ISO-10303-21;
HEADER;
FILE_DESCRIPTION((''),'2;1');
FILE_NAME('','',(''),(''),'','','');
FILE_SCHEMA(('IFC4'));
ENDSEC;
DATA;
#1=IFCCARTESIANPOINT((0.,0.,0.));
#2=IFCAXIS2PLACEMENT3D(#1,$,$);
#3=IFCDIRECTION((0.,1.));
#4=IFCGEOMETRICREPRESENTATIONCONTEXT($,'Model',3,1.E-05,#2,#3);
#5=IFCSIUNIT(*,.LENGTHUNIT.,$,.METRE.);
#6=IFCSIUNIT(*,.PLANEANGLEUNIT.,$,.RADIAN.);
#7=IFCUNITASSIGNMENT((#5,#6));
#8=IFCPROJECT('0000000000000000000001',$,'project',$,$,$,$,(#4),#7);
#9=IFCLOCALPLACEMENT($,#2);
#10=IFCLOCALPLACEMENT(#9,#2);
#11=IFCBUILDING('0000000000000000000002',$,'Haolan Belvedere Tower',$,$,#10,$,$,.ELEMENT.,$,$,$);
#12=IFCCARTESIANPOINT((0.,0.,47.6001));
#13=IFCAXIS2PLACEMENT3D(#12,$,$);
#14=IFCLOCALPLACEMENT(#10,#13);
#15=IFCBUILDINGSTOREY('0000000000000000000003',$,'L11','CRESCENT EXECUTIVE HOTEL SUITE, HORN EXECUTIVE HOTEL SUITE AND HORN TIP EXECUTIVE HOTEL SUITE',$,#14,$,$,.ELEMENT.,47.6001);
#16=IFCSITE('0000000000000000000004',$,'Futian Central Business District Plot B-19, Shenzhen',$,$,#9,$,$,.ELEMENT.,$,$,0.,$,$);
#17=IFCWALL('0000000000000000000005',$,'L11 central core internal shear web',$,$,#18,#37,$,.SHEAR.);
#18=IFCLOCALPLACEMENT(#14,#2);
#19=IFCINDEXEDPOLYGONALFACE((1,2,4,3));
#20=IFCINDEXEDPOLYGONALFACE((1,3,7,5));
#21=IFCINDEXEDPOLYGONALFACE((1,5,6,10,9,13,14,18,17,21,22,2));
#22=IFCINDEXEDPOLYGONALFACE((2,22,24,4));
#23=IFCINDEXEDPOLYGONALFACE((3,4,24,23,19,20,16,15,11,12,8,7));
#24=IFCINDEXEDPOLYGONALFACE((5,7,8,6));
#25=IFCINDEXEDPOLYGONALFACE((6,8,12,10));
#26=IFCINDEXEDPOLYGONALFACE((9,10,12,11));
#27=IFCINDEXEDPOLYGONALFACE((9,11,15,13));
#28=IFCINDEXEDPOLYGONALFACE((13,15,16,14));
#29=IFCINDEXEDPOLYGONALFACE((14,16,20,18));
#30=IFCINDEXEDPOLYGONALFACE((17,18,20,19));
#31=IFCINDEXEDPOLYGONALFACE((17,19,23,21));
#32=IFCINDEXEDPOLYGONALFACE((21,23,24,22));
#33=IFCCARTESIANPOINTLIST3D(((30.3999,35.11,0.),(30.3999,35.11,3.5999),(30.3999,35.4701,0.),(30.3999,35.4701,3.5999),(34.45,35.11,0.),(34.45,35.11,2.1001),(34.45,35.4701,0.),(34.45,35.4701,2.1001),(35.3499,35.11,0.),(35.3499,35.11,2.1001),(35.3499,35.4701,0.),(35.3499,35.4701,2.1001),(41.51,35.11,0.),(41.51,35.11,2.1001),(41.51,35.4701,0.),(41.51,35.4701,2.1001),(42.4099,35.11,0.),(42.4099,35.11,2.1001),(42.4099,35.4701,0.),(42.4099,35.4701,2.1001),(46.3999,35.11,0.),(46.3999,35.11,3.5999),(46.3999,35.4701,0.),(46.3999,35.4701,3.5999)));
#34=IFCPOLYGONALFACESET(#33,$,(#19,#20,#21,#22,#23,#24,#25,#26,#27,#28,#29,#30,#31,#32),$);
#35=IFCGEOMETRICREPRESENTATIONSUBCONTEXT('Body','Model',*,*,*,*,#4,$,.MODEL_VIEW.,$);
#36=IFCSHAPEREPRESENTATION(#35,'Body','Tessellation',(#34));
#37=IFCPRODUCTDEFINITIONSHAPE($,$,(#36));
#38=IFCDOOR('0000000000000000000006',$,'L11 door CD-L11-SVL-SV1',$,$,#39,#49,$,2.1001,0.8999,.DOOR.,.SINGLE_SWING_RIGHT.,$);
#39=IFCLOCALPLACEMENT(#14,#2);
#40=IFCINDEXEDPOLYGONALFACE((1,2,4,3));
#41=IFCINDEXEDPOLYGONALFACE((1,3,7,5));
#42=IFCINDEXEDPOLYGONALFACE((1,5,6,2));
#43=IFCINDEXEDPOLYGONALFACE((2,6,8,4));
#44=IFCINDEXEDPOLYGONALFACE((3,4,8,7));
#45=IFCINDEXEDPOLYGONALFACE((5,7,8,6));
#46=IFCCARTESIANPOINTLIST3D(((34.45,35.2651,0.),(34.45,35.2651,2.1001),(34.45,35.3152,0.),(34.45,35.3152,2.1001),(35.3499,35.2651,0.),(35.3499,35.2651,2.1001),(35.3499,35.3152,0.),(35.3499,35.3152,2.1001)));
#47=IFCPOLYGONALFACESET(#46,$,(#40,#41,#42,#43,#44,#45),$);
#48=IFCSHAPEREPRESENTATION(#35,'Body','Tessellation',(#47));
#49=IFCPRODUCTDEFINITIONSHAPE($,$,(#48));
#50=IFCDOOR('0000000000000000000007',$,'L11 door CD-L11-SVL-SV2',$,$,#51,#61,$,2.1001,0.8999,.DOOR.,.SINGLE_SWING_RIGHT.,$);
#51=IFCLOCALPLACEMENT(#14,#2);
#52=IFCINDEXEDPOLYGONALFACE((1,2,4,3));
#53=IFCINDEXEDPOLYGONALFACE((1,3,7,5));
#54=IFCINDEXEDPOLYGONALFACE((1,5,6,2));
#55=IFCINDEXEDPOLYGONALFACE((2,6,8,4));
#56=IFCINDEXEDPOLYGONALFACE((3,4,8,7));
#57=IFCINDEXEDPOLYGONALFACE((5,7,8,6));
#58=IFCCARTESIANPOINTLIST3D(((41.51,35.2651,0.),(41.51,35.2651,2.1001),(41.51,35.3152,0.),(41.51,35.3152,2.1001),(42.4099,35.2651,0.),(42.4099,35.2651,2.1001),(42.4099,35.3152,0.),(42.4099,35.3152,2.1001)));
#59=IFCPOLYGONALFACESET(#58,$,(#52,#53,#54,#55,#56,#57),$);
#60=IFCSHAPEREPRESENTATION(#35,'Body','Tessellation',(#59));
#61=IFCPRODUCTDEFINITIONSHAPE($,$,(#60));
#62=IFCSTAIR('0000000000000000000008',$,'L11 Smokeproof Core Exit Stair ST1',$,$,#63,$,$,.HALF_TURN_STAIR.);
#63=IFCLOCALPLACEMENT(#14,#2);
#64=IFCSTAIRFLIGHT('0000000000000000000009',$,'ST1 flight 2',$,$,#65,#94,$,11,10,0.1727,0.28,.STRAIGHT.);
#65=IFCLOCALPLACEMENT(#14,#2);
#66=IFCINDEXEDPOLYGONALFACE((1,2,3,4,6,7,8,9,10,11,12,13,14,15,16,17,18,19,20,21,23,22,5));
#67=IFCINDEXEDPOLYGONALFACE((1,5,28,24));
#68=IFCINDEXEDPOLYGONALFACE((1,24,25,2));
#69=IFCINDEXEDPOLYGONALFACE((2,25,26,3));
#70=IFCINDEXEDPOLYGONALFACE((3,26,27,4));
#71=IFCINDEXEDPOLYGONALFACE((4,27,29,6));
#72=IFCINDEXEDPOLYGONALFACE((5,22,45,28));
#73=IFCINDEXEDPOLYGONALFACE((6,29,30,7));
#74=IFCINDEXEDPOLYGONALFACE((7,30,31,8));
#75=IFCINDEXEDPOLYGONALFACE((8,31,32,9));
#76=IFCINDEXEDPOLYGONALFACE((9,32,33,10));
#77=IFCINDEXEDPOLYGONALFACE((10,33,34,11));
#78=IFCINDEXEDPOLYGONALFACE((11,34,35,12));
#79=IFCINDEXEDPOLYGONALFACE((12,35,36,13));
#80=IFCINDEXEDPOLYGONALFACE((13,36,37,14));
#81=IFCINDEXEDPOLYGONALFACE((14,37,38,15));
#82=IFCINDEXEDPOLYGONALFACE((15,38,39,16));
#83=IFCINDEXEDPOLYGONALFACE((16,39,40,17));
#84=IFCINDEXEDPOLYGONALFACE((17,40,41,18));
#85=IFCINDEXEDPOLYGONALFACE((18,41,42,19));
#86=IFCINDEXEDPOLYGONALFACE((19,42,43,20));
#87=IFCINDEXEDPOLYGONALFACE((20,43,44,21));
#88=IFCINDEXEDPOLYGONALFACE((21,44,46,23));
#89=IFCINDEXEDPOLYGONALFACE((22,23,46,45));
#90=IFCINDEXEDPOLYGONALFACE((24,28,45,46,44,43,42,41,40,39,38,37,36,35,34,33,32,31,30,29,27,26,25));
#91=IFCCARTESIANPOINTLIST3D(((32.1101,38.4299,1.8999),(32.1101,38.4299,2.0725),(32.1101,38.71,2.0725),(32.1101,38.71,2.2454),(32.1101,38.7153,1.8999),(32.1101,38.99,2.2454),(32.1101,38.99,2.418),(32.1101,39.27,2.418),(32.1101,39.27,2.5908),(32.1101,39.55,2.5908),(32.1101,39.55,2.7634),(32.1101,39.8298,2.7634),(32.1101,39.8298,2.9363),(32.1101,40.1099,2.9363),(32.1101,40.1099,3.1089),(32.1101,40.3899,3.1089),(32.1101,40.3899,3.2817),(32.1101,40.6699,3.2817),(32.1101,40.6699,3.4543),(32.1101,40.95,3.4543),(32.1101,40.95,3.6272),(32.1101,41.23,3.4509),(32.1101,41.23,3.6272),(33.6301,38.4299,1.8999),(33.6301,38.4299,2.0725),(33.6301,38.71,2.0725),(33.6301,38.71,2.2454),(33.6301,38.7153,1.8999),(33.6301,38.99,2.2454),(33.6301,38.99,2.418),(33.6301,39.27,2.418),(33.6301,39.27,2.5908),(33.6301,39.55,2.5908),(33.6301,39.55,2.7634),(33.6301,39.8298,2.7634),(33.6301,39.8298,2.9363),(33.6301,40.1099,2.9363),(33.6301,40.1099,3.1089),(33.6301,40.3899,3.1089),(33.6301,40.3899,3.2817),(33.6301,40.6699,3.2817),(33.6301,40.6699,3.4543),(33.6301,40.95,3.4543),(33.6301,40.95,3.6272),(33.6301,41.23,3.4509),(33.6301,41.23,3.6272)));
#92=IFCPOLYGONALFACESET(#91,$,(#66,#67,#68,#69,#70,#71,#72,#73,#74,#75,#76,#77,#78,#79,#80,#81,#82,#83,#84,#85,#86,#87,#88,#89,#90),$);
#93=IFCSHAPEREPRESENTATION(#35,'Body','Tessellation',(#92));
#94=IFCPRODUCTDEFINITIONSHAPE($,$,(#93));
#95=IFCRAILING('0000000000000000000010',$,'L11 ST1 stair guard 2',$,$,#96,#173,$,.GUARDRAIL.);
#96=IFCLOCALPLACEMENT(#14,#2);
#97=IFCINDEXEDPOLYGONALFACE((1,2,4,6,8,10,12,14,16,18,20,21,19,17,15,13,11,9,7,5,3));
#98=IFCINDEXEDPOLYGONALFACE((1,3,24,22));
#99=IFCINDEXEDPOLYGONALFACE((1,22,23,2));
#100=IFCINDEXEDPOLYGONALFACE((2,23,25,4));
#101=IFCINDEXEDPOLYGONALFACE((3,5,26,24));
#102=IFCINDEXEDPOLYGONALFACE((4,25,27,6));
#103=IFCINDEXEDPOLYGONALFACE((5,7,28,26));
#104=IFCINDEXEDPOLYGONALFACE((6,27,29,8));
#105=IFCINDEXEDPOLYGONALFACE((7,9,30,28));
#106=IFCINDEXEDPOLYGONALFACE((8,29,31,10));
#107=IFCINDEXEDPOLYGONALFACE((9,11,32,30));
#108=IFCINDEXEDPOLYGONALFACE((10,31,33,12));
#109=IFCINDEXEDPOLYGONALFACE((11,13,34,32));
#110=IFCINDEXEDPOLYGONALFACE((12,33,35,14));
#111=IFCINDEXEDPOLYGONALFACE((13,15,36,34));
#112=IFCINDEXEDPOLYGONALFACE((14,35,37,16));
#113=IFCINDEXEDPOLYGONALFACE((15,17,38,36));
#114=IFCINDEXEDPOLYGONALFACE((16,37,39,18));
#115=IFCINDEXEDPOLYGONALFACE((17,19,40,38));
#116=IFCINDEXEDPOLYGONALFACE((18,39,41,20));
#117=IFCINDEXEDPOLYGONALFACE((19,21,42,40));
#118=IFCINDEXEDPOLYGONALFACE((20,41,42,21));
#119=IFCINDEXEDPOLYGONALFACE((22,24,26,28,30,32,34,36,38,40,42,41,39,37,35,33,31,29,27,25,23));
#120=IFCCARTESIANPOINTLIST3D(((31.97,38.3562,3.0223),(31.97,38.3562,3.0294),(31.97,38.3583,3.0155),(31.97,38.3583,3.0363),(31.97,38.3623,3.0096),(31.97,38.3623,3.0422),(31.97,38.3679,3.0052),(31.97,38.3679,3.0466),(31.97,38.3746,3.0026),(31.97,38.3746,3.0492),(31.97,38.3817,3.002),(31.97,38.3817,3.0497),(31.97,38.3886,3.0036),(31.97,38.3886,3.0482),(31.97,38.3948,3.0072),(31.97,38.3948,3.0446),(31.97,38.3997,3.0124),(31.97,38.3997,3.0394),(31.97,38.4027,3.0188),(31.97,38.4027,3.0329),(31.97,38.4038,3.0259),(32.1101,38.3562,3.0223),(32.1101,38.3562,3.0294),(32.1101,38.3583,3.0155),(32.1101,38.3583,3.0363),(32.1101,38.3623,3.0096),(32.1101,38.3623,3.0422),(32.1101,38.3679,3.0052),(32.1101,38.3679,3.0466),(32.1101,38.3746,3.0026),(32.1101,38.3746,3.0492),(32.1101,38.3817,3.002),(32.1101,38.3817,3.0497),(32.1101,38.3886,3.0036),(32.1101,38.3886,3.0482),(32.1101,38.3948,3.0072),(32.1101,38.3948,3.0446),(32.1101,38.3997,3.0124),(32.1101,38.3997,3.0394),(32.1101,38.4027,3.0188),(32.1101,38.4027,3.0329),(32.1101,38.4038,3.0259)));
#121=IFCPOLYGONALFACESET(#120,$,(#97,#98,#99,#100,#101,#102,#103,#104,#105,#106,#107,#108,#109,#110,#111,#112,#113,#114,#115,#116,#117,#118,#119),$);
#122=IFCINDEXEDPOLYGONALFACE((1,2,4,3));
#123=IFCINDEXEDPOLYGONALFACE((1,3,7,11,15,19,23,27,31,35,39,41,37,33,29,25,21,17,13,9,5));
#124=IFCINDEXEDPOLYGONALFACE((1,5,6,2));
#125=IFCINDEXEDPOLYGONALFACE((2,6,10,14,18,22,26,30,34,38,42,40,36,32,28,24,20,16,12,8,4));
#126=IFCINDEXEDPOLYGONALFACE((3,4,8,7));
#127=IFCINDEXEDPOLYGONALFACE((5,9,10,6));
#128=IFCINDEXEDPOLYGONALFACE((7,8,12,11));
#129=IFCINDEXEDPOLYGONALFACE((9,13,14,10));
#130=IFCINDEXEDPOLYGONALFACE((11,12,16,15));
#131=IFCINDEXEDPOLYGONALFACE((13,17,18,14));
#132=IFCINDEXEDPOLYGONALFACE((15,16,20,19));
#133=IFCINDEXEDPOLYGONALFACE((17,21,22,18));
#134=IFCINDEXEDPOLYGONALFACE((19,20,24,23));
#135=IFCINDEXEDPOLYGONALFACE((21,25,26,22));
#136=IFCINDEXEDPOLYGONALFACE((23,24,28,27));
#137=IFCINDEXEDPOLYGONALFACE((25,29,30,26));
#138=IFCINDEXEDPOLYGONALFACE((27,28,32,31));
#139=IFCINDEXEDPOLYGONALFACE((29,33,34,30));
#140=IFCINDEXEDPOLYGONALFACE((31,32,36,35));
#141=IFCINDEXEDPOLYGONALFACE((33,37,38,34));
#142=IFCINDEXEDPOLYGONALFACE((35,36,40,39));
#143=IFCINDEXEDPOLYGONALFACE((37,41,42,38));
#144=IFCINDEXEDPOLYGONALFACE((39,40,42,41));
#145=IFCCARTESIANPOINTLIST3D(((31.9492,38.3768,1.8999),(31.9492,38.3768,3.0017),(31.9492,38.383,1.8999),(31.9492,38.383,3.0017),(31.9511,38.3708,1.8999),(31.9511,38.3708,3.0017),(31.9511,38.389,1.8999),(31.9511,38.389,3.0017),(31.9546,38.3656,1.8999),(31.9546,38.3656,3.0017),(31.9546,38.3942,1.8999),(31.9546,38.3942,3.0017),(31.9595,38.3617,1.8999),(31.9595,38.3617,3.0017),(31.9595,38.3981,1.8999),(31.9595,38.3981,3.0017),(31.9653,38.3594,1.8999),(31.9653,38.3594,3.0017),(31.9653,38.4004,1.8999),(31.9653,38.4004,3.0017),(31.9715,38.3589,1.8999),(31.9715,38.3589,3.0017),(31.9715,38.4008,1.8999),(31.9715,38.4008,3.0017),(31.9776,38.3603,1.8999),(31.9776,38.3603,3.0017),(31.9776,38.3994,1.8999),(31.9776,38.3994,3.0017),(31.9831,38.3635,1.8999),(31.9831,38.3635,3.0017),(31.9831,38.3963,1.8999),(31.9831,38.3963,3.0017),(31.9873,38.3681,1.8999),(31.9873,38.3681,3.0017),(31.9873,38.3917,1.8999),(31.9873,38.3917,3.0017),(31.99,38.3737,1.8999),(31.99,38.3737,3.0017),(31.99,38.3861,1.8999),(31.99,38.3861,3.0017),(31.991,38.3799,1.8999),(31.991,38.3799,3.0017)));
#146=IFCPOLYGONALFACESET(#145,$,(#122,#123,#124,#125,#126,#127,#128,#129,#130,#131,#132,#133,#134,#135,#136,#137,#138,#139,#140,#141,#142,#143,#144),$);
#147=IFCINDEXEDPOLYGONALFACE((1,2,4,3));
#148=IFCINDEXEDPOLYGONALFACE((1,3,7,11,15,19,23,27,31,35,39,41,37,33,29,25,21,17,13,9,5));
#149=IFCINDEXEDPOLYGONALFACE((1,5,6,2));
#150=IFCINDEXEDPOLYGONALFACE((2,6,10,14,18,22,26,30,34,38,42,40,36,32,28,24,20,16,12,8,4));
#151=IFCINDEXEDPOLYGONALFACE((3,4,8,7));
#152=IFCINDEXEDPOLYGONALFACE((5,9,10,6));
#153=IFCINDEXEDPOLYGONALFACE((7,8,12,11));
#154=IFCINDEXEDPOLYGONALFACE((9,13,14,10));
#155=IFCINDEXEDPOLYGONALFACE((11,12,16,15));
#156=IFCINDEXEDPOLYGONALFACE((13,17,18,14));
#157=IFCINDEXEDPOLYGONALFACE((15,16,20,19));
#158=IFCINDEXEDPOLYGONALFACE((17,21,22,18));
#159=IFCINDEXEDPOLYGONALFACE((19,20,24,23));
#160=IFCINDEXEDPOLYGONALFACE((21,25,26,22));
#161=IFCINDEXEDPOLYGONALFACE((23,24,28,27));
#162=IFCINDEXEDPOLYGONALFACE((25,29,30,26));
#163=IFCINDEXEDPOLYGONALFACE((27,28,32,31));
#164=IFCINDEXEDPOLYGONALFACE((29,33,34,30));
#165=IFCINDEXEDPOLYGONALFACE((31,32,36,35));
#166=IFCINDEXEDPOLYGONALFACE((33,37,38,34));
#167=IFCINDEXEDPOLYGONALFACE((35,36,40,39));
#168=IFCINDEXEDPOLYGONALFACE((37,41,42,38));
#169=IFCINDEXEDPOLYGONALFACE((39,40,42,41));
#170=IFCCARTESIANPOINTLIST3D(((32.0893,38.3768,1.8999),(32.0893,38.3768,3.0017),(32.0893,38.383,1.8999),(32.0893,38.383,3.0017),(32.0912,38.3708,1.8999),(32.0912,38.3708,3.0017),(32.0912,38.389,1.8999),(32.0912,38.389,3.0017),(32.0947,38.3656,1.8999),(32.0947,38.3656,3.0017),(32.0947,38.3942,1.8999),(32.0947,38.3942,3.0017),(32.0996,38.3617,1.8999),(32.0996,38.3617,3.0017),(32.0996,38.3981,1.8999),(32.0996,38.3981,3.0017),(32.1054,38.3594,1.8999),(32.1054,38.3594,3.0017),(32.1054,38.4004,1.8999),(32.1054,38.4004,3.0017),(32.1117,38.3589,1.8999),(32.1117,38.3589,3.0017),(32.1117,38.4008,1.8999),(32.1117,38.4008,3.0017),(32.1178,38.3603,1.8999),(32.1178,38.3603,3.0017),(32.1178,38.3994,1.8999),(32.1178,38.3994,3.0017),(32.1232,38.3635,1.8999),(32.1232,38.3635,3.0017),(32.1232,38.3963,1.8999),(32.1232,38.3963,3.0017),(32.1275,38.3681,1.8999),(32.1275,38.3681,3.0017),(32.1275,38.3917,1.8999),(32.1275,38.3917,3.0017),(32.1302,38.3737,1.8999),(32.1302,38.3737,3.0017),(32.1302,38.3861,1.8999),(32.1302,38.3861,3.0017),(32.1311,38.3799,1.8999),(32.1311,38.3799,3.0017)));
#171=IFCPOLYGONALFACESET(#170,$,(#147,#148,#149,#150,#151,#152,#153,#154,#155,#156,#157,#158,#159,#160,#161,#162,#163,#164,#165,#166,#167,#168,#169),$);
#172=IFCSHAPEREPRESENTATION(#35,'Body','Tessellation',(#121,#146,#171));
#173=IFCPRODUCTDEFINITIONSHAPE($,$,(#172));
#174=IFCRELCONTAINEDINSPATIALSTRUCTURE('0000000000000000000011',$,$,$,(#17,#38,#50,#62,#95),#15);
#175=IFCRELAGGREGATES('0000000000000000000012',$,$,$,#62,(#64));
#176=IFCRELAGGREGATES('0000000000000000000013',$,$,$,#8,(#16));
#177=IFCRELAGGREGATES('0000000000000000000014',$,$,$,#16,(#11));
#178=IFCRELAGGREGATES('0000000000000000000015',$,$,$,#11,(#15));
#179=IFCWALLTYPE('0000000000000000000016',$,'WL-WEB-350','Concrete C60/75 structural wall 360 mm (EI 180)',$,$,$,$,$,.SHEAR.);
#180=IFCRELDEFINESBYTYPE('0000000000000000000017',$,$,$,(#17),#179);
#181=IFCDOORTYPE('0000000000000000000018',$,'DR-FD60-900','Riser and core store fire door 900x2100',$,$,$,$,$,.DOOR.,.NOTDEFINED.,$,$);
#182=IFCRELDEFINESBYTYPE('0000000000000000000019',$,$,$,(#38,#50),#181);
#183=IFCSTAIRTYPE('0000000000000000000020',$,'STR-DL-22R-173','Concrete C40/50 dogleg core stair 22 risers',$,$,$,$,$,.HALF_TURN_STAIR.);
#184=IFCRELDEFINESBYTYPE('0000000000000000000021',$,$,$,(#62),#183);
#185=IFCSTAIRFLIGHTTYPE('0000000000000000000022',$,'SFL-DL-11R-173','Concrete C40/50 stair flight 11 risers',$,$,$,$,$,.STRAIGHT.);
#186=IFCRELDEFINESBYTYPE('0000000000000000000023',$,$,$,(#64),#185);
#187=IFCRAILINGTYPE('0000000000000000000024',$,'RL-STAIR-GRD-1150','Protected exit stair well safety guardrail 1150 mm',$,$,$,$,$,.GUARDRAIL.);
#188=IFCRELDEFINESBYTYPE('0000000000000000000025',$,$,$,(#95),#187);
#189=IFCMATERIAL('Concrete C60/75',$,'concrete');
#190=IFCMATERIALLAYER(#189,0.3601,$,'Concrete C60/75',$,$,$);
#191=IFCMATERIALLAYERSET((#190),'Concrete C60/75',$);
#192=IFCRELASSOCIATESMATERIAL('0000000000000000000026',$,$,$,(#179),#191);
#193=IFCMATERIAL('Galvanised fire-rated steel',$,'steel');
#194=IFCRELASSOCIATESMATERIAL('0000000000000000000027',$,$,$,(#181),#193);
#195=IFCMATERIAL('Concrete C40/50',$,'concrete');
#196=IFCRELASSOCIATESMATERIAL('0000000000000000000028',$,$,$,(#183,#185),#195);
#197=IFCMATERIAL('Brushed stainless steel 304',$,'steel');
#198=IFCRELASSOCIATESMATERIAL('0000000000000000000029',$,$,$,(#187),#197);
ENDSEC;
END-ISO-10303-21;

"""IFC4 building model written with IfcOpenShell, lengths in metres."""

from ifc_helpers import new_model, si_unit, direction, frame, frame_2d, origin, origin_2d, place, context, subcontext, project, spatial, polyline, rectangle, circle, outline, extrude, material, layer, layer_set, type_object, element, fill, aggregate, save


model = new_model("IFC4")

# Units and contexts
model_context = context("Model", 3, precision=1e-05, world=origin(), true_north=direction((0.0, 1.0)))
body_context = subcontext(model_context, "Body", "Model", "MODEL_VIEW")
ifc_project = project(units=[si_unit("LENGTHUNIT", "METRE"), si_unit("PLANEANGLEUNIT", "RADIAN")], contexts=[model_context])

# Site, building, storey
site_placement = place(None, origin())
site = spatial("IfcSite", under=ifc_project, at=site_placement, Name="Futian Central Business District Plot B-19, Shenzhen", CompositionType="ELEMENT", RefElevation=0.0)
building_placement = place(site_placement, origin())
building = spatial("IfcBuilding", under=site, at=building_placement, Name="Haolan Belvedere Tower", CompositionType="ELEMENT")
storey_placement = place(building_placement, frame((0.0, 0.0, 47.6001)))
storey = spatial("IfcBuildingStorey", under=building, at=storey_placement, Name="L11", Description="CRESCENT EXECUTIVE HOTEL SUITE, HORN EXECUTIVE HOTEL SUITE AND HORN TIP EXECUTIVE HOTEL SUITE", CompositionType="ELEMENT", Elevation=47.6001)

# Wall, openings, doors
ifc_material_1 = material(Name="Concrete C60/75", Category="concrete")
ifc_layer_1 = layer(ifc_material_1, 0.3601, Name="Concrete C60/75")
ifc_layer_set_1 = layer_set([ifc_layer_1], Name="Concrete C60/75")
wall_type_1 = type_object("IfcWallType", Name="WL-WEB-350", Description="Concrete C60/75 structural wall 360 mm (EI 180)", PredefinedType="SHEAR", material=ifc_layer_set_1)
wall_1_placement = place(storey_placement, frame((30.3999, 35.29, 0.0), z_axis=(0.0, 0.0, 1.0), x_axis=(1.0, 0.0, 0.0)))
wall_1 = element("IfcWall", 1, at=wall_1_placement, inside=storey, type_object=wall_type_1, Name="L11 central core internal shear web", PredefinedType="SHEAR", context=body_context, shape_type="SweptSolid", body=[
    extrude(rectangle(XDim=16.0, YDim=0.3601, at=frame_2d((8.0, 0.0))), origin(), (0.0, 0.0, 1.0), 3.5999),
])
opening_1_placement = place(wall_1_placement, frame((4.95, 0.0, 0.0), z_axis=(0.0, 0.0, 1.0), x_axis=(-1.0, 0.0, 0.0)))
opening_1 = element("IfcOpeningElement", 2, at=opening_1_placement, cuts=wall_1, PredefinedType="OPENING", context=body_context, shape_type="SweptSolid", body=[
    extrude(rectangle(XDim=0.8999, YDim=2.1001, at=frame_2d((0.45, 1.05))), frame((0.0, 0.1899, 0.0), z_axis=(0.0, -1.0, 0.0), x_axis=(1.0, 0.0, 0.0)), (0.0, 0.0, 1.0), 0.3801),
])
opening_2_placement = place(wall_1_placement, frame((12.01, 0.0, 0.0), z_axis=(0.0, 0.0, 1.0), x_axis=(-1.0, 0.0, 0.0)))
opening_2 = element("IfcOpeningElement", 3, at=opening_2_placement, cuts=wall_1, PredefinedType="OPENING", context=body_context, shape_type="SweptSolid", body=[
    extrude(rectangle(XDim=0.8999, YDim=2.1001, at=frame_2d((0.45, 1.05))), frame((0.0, 0.1899, 0.0), z_axis=(0.0, -1.0, 0.0), x_axis=(1.0, 0.0, 0.0)), (0.0, 0.0, 1.0), 0.3801),
])
ifc_material_2 = material(Name="Galvanised fire-rated steel", Category="steel")
door_type_1 = type_object("IfcDoorType", Name="DR-FD60-900", Description="Riser and core store fire door 900x2100", OperationType="NOTDEFINED", PredefinedType="DOOR", material=ifc_material_2)
door_1_placement = place(opening_1_placement, origin())
door_1 = element("IfcDoor", 4, at=door_1_placement, inside=storey, type_object=door_type_1, Name="L11 door CD-L11-SVL-SV1", OperationType="SINGLE_SWING_RIGHT", OverallHeight=2.1001, OverallWidth=0.8999, PredefinedType="DOOR", context=body_context, shape_type="SweptSolid", body=[
    extrude(rectangle(XDim=0.8999, YDim=2.1001, at=frame_2d((0.45, 1.05))), frame((0.0, 0.0249, 0.0), z_axis=(0.0, -1.0, 0.0), x_axis=(1.0, 0.0, 0.0)), (0.0, 0.0, 1.0), 0.05),
])
fill(opening_1, door_1)
door_2_placement = place(opening_2_placement, origin())
door_2 = element("IfcDoor", 5, at=door_2_placement, inside=storey, type_object=door_type_1, Name="L11 door CD-L11-SVL-SV2", OperationType="SINGLE_SWING_RIGHT", OverallHeight=2.1001, OverallWidth=0.8999, PredefinedType="DOOR", context=body_context, shape_type="SweptSolid", body=[
    extrude(rectangle(XDim=0.8999, YDim=2.1001, at=frame_2d((0.45, 1.05))), frame((0.0, 0.0249, 0.0), z_axis=(0.0, -1.0, 0.0), x_axis=(1.0, 0.0, 0.0)), (0.0, 0.0, 1.0), 0.05),
])
fill(opening_2, door_2)

# Stair, stair flight
ifc_material_3 = material(Name="Concrete C40/50", Category="concrete")
stair_type = type_object("IfcStairType", Name="STR-DL-22R-173", Description="Concrete C40/50 dogleg core stair 22 risers", PredefinedType="HALF_TURN_STAIR", material=ifc_material_3)
stair_placement = place(storey_placement, origin())
stair = element("IfcStair", 6, at=stair_placement, inside=storey, type_object=stair_type, Name="L11 Smokeproof Core Exit Stair ST1", PredefinedType="HALF_TURN_STAIR")
stair_flight_type = type_object("IfcStairFlightType", Name="SFL-DL-11R-173", Description="Concrete C40/50 stair flight 11 risers", PredefinedType="STRAIGHT", material=ifc_material_3)
stair_flight_placement = place(storey_placement, frame((32.8701, 38.4299, 1.8999), z_axis=(0.0, 0.0, 1.0), x_axis=(0.0, 1.0, 0.0)))
stair_flight = element("IfcStairFlight", 7, at=stair_flight_placement, type_object=stair_flight_type, Name="ST1 flight 2", NumberOfRisers=11, NumberOfTreads=10, PredefinedType="STRAIGHT", RiserHeight=0.1727, TreadLength=0.28, context=body_context, shape_type="SweptSolid", body=[
    extrude(outline(polyline([(0.0, 0.0), (0.0, 0.1726), (0.28, 0.1726), (0.28, 0.3455), (0.5601, 0.3455), (0.5601, 0.5181), (0.8401, 0.5181), (0.8401, 0.6909), (1.1201, 0.6909), (1.1201, 0.8635), (1.3999, 0.8635), (1.3999, 1.0364), (1.6799, 1.0364), (1.6799, 1.209), (1.96, 1.209), (1.96, 1.3818), (2.24, 1.3818), (2.24, 1.5544), (2.52, 1.5544), (2.52, 1.7273), (2.8, 1.7273), (2.8, 1.8999), (2.8, 1.551), (0.2854, 0.0), (0.0, 0.0)])), frame((0.0, 0.76, 0.0), z_axis=(0.0, -1.0, 0.0), x_axis=(1.0, 0.0, 0.0)), (0.0, 0.0, 1.0), 1.52),
])
aggregate(stair, [stair_flight])

# Railing
ifc_material_4 = material(Name="Brushed stainless steel 304", Category="steel")
railing_type_1 = type_object("IfcRailingType", Name="RL-STAIR-GRD-1150", Description="Protected exit stair well safety guardrail 1150 mm", PredefinedType="GUARDRAIL", material=ifc_material_4)
railing_1_placement = place(storey_placement, frame((31.97, 38.3799, 1.8999)))
element("IfcRailing", 8, at=railing_1_placement, inside=storey, type_object=railing_type_1, Name="L11 ST1 stair guard 2", PredefinedType="GUARDRAIL", context=body_context, shape_type="SweptSolid", body=[
    extrude(circle(Radius=0.0239, at=origin_2d()), frame((0.0, 0.0, 1.126), z_axis=(1.0, 0.0, 0.0), x_axis=(0.0, 1.0, 0.0)), (0.0, 0.0, 1.0), 0.1401),
    extrude(circle(Radius=0.021, at=origin_2d()), origin(), (0.0, 0.0, 1.0), 1.1018),
    extrude(circle(Radius=0.021, at=origin_2d()), frame((0.1401, 0.0, 0.0)), (0.0, 0.0, 1.0), 1.1018),
])

save(model, "model.ifc")
